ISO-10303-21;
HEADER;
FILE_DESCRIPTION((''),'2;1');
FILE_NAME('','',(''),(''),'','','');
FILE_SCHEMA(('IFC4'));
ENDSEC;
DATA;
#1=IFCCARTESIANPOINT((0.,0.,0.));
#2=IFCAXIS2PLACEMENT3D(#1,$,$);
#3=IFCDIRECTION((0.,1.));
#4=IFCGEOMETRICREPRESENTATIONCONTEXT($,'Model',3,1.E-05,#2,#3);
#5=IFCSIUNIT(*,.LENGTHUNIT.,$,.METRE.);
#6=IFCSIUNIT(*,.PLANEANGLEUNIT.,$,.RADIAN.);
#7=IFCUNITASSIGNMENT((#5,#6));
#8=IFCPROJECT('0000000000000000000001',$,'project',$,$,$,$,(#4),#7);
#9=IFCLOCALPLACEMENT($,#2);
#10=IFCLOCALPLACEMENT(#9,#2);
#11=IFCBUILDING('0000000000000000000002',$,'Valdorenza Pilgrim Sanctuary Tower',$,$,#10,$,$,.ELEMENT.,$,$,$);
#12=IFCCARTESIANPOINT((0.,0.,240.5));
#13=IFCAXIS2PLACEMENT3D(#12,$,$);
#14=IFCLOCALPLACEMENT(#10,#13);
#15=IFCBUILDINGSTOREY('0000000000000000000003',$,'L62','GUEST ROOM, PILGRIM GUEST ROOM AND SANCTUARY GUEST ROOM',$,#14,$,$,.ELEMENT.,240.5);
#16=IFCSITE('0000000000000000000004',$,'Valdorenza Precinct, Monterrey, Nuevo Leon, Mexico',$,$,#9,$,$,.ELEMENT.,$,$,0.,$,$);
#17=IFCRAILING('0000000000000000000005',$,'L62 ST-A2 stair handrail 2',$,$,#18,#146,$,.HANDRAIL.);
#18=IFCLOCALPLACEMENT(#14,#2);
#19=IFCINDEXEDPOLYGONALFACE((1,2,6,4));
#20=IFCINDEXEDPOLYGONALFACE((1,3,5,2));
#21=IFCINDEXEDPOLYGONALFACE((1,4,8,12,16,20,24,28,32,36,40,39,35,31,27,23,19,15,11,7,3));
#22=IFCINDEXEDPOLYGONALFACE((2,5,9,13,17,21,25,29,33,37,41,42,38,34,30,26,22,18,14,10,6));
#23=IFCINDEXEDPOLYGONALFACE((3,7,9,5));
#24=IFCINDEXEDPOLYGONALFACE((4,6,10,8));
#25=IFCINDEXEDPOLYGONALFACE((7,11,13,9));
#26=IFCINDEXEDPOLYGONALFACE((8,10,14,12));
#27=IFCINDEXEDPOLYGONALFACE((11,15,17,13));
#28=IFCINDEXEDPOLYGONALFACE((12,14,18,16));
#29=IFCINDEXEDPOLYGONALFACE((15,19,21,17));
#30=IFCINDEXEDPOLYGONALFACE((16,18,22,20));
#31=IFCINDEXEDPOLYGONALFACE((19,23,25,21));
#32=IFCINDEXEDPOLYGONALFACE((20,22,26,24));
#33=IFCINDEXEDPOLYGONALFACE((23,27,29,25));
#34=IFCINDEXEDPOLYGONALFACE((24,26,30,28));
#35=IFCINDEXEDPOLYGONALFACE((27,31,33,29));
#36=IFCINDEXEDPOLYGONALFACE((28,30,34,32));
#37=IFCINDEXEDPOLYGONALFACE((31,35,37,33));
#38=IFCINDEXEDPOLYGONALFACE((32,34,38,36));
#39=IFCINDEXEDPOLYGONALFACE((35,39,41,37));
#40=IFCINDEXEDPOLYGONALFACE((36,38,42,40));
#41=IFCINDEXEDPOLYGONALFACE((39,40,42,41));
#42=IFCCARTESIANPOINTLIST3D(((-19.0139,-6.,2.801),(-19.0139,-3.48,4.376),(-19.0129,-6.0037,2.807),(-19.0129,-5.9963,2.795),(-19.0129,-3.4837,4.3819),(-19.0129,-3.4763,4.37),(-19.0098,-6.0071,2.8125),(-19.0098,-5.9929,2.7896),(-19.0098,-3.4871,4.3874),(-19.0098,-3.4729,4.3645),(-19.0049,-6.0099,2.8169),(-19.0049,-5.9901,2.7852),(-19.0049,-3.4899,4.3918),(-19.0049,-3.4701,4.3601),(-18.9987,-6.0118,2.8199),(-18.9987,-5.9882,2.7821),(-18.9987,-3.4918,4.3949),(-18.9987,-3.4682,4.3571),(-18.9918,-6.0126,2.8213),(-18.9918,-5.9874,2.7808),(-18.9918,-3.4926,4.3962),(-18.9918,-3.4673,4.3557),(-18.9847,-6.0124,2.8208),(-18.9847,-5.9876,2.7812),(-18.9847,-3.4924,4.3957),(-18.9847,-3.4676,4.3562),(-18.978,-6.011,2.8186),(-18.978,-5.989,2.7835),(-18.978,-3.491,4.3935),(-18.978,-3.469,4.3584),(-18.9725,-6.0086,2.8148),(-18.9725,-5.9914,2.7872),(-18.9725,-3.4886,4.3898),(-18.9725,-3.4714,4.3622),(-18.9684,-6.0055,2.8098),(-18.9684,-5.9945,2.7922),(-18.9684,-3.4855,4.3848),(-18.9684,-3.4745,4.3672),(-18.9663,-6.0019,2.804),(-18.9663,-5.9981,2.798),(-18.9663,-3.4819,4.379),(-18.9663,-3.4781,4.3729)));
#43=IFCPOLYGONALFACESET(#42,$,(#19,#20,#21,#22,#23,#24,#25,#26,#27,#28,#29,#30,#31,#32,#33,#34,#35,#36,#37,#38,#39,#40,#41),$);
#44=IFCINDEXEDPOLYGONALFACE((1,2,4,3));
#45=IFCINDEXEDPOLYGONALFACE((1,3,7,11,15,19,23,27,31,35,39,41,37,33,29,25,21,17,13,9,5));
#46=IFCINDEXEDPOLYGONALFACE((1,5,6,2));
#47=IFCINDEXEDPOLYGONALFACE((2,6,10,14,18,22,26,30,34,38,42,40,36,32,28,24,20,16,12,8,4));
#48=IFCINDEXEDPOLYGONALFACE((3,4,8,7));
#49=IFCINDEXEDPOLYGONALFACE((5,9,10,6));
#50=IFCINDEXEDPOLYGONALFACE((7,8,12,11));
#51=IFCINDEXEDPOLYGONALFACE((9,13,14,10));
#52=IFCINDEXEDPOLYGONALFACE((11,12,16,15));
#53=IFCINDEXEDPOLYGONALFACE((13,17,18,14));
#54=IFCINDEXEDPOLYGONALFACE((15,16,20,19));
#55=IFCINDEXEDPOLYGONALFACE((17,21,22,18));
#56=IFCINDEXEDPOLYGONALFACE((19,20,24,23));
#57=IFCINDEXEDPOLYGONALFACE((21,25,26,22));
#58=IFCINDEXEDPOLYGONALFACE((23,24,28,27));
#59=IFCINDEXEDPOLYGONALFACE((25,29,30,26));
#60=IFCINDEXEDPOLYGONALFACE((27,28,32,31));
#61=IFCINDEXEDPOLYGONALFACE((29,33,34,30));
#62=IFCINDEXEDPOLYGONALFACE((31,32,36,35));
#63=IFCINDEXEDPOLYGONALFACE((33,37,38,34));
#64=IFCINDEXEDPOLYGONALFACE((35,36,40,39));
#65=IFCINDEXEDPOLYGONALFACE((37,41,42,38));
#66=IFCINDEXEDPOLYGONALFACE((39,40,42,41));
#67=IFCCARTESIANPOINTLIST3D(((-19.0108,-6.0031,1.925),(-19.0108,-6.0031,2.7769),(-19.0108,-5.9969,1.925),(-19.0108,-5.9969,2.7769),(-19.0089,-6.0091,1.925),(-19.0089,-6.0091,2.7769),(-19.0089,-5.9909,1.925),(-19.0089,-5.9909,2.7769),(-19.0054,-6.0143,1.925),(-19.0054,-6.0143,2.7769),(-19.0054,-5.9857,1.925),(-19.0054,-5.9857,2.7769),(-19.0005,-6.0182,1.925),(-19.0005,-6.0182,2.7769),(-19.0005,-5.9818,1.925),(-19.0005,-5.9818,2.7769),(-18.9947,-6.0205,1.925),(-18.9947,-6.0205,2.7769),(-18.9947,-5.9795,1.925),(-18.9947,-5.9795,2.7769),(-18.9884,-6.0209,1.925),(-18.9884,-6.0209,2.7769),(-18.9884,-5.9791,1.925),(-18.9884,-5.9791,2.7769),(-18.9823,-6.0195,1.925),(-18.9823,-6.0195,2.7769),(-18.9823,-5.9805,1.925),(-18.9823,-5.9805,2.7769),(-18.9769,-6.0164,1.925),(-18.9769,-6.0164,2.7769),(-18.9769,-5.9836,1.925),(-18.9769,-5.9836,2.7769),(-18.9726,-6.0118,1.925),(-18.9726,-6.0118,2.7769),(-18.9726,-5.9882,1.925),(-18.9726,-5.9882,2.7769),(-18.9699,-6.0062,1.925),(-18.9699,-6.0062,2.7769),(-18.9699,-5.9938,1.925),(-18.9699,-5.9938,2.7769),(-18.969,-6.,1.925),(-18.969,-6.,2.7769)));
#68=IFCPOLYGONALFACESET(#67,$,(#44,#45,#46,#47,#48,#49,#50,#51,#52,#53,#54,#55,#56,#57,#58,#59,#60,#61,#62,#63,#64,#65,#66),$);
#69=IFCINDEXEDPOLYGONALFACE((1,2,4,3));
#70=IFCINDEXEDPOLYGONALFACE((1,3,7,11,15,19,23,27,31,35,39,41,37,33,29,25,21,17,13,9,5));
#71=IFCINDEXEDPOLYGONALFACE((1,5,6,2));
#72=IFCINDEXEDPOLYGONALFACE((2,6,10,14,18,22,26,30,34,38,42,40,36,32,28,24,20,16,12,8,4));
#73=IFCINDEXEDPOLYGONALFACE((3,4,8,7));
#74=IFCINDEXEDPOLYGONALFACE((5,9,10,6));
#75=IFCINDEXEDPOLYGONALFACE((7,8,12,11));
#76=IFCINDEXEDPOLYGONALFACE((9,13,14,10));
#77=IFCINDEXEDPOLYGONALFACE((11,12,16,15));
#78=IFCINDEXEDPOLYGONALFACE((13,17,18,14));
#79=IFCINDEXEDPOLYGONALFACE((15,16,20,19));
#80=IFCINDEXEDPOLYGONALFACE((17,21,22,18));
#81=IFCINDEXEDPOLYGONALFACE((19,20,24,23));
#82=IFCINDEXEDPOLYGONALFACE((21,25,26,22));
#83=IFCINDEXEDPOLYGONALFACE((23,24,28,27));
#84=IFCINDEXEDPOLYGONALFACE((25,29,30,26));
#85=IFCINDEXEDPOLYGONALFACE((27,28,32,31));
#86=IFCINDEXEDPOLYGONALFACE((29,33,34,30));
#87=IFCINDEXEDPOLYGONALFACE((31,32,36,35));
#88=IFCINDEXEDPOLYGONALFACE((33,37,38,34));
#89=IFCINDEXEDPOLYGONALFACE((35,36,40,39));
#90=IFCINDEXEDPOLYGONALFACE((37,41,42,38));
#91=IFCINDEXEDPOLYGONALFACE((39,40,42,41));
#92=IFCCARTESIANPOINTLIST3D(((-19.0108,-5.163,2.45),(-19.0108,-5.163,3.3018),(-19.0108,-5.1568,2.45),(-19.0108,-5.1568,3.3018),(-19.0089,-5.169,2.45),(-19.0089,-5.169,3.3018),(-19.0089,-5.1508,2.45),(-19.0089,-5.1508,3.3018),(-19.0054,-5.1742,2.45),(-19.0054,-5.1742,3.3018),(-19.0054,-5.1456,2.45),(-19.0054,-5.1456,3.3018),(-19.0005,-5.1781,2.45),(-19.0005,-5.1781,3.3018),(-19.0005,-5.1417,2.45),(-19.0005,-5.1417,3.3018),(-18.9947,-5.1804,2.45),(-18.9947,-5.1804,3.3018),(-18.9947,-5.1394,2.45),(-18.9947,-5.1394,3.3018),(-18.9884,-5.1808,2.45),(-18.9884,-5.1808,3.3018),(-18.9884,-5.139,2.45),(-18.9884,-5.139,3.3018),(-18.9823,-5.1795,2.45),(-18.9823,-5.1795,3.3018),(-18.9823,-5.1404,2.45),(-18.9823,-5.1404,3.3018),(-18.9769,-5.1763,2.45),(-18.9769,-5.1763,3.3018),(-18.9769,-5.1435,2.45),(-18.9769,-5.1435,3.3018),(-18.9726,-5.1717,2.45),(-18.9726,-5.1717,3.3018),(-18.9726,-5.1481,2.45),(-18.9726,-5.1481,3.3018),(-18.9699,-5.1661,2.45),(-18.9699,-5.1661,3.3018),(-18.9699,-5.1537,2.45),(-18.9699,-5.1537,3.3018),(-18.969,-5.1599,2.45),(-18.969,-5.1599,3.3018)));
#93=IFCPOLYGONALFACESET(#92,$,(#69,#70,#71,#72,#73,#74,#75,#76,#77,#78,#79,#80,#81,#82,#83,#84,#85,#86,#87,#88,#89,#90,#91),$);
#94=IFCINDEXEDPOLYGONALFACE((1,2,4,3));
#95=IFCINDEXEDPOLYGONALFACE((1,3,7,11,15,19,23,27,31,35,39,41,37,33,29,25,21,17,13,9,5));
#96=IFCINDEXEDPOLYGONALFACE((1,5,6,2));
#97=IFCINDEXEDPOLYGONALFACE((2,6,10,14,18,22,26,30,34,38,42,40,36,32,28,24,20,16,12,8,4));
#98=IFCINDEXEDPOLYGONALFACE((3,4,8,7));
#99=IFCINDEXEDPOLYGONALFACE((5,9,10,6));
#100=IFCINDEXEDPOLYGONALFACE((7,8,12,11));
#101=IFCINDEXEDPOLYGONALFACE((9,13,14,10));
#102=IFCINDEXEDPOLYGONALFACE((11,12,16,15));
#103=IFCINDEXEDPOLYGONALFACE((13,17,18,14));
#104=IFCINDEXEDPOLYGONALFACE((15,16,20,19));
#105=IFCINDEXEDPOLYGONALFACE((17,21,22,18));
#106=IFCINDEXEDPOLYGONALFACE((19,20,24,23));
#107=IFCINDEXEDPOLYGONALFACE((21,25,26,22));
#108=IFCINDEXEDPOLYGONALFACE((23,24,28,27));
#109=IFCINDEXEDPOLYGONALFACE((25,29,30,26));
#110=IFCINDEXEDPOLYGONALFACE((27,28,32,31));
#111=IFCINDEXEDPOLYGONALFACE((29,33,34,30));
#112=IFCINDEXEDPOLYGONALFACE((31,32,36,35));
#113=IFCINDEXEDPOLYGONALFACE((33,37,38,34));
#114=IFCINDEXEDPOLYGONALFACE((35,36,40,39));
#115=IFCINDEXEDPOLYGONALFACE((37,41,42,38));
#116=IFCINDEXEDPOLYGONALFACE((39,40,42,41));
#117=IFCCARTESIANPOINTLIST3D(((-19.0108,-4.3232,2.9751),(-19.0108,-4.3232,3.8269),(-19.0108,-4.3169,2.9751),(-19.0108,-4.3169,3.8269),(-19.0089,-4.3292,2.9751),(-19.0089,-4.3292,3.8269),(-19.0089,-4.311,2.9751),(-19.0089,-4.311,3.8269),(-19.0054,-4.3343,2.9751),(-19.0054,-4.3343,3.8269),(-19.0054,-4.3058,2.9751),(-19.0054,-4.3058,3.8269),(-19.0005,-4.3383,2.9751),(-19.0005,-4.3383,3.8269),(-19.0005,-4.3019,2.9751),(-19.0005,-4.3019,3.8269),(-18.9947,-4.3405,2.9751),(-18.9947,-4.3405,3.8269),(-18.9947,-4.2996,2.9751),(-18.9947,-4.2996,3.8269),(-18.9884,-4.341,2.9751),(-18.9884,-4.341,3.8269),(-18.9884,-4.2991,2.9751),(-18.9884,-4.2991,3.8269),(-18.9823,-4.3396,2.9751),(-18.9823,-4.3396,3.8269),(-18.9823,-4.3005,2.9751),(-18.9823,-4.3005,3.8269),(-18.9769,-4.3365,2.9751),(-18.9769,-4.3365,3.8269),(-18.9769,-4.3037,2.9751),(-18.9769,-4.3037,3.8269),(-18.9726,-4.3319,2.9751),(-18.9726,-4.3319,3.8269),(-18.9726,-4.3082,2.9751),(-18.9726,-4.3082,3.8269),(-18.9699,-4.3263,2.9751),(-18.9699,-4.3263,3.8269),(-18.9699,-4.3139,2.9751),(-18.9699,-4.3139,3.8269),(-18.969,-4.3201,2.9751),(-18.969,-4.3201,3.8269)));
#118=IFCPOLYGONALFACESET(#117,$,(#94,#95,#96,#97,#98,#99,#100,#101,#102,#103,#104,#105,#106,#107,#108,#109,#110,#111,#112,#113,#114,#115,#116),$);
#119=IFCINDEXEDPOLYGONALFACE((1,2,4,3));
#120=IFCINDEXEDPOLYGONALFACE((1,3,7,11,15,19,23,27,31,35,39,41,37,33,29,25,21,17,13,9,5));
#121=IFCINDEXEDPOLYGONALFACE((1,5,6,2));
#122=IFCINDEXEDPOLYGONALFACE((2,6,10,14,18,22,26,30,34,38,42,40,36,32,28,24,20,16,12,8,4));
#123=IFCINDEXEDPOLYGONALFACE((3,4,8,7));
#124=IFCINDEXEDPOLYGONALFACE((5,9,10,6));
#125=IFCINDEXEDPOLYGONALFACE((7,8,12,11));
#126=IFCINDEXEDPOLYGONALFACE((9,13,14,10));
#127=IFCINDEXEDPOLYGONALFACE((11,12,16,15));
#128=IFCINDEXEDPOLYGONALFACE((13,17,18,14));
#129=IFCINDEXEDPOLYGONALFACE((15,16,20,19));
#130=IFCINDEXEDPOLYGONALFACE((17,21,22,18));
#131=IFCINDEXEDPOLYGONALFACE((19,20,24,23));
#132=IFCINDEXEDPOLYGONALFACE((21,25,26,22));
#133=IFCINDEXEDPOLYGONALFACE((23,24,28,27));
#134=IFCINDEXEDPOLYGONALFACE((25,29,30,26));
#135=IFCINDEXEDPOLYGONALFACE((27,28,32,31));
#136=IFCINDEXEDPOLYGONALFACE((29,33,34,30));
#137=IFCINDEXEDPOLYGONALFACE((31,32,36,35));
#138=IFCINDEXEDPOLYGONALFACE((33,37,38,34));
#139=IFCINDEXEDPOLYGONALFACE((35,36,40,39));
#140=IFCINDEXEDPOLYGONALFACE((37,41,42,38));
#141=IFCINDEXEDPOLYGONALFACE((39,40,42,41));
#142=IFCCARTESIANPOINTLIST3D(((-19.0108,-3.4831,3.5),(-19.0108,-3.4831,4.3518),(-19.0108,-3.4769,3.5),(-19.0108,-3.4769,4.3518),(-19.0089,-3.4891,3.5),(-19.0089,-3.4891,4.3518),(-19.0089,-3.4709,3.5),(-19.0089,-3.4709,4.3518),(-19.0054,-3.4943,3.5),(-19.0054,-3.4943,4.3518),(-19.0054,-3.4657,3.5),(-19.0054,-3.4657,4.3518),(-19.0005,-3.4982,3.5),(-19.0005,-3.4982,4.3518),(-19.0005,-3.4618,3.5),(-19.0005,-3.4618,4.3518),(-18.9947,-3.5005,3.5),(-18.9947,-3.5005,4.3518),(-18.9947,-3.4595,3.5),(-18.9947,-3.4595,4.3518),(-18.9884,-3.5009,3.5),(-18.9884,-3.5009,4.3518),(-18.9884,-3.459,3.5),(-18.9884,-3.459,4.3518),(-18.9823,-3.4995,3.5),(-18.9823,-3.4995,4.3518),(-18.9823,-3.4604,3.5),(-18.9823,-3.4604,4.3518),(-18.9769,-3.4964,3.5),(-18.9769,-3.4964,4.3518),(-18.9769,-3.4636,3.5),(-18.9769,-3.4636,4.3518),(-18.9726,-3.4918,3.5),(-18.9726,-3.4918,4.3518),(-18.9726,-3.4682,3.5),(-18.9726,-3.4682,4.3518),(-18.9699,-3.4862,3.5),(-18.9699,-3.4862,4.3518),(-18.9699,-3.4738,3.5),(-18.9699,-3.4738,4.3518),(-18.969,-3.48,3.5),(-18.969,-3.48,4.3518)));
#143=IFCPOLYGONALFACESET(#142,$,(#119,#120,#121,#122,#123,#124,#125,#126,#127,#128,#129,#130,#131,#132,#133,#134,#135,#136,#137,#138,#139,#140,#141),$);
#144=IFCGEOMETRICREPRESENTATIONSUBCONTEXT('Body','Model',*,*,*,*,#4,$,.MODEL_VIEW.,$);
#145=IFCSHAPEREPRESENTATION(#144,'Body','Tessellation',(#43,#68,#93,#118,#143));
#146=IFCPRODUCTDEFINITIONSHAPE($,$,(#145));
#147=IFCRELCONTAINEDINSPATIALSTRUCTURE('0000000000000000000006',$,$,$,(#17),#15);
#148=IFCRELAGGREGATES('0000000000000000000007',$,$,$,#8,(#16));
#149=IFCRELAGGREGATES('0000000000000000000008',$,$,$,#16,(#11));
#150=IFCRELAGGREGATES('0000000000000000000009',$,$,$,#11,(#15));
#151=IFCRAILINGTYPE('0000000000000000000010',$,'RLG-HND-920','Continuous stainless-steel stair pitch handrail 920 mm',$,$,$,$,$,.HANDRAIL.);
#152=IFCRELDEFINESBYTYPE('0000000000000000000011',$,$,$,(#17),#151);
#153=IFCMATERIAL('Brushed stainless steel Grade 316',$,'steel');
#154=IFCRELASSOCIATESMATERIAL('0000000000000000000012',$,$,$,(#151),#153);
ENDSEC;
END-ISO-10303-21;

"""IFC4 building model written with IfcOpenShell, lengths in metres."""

from ifc_helpers import new_model, si_unit, direction, frame, origin, origin_2d, place, context, subcontext, project, spatial, circle, extrude, material, type_object, element, save


model = new_model("IFC4")

# Units and contexts
model_context = context("Model", 3, precision=1e-05, world=origin(), true_north=direction((0.0, 1.0)))
body_context = subcontext(model_context, "Body", "Model", "MODEL_VIEW")
ifc_project = project(units=[si_unit("LENGTHUNIT", "METRE"), si_unit("PLANEANGLEUNIT", "RADIAN")], contexts=[model_context])

# Site, building, storey
site_placement = place(None, origin())
site = spatial("IfcSite", under=ifc_project, at=site_placement, Name="Valdorenza Precinct, Monterrey, Nuevo Leon, Mexico", CompositionType="ELEMENT", RefElevation=0.0)
building_placement = place(site_placement, origin())
building = spatial("IfcBuilding", under=site, at=building_placement, Name="Valdorenza Pilgrim Sanctuary Tower", CompositionType="ELEMENT")
storey_placement = place(building_placement, frame((0.0, 0.0, 240.5)))
storey = spatial("IfcBuildingStorey", under=building, at=storey_placement, Name="L62", Description="GUEST ROOM, PILGRIM GUEST ROOM AND SANCTUARY GUEST ROOM", CompositionType="ELEMENT", Elevation=240.5)

# Shared definitions
ifc_material_1 = material(Name="Brushed stainless steel Grade 316", Category="steel")

# Railing
railing_type = type_object("IfcRailingType", Name="RLG-HND-920", Description="Continuous stainless-steel stair pitch handrail 920 mm", PredefinedType="HANDRAIL", material=ifc_material_1)
railing_placement = place(storey_placement, frame((-18.99, -6.0, 1.925)))
element("IfcRailing", 1, at=railing_placement, inside=storey, type_object=railing_type, Name="L62 ST-A2 stair handrail 2", PredefinedType="HANDRAIL", context=body_context, shape_type="SweptSolid", body=[
    extrude(circle(Radius=0.0239, at=origin_2d()), frame((0.0, 0.0, 0.876), z_axis=(0.0, 0.848008, 0.529984), x_axis=(-1.0, 0.0, 0.0)), (0.0, 0.0, 1.0), 2.9717),
    extrude(circle(Radius=0.021, at=origin_2d()), origin(), (0.0, 0.0, 1.0), 0.8518),
    extrude(circle(Radius=0.021, at=origin_2d()), frame((0.0, 0.8401, 0.5249)), (0.0, 0.0, 1.0), 0.8518),
    extrude(circle(Radius=0.021, at=origin_2d()), frame((0.0, 1.6799, 1.05)), (0.0, 0.0, 1.0), 0.8518),
    extrude(circle(Radius=0.021, at=origin_2d()), frame((0.0, 2.52, 1.575)), (0.0, 0.0, 1.0), 0.8518),
])

save(model, "model.ifc")
